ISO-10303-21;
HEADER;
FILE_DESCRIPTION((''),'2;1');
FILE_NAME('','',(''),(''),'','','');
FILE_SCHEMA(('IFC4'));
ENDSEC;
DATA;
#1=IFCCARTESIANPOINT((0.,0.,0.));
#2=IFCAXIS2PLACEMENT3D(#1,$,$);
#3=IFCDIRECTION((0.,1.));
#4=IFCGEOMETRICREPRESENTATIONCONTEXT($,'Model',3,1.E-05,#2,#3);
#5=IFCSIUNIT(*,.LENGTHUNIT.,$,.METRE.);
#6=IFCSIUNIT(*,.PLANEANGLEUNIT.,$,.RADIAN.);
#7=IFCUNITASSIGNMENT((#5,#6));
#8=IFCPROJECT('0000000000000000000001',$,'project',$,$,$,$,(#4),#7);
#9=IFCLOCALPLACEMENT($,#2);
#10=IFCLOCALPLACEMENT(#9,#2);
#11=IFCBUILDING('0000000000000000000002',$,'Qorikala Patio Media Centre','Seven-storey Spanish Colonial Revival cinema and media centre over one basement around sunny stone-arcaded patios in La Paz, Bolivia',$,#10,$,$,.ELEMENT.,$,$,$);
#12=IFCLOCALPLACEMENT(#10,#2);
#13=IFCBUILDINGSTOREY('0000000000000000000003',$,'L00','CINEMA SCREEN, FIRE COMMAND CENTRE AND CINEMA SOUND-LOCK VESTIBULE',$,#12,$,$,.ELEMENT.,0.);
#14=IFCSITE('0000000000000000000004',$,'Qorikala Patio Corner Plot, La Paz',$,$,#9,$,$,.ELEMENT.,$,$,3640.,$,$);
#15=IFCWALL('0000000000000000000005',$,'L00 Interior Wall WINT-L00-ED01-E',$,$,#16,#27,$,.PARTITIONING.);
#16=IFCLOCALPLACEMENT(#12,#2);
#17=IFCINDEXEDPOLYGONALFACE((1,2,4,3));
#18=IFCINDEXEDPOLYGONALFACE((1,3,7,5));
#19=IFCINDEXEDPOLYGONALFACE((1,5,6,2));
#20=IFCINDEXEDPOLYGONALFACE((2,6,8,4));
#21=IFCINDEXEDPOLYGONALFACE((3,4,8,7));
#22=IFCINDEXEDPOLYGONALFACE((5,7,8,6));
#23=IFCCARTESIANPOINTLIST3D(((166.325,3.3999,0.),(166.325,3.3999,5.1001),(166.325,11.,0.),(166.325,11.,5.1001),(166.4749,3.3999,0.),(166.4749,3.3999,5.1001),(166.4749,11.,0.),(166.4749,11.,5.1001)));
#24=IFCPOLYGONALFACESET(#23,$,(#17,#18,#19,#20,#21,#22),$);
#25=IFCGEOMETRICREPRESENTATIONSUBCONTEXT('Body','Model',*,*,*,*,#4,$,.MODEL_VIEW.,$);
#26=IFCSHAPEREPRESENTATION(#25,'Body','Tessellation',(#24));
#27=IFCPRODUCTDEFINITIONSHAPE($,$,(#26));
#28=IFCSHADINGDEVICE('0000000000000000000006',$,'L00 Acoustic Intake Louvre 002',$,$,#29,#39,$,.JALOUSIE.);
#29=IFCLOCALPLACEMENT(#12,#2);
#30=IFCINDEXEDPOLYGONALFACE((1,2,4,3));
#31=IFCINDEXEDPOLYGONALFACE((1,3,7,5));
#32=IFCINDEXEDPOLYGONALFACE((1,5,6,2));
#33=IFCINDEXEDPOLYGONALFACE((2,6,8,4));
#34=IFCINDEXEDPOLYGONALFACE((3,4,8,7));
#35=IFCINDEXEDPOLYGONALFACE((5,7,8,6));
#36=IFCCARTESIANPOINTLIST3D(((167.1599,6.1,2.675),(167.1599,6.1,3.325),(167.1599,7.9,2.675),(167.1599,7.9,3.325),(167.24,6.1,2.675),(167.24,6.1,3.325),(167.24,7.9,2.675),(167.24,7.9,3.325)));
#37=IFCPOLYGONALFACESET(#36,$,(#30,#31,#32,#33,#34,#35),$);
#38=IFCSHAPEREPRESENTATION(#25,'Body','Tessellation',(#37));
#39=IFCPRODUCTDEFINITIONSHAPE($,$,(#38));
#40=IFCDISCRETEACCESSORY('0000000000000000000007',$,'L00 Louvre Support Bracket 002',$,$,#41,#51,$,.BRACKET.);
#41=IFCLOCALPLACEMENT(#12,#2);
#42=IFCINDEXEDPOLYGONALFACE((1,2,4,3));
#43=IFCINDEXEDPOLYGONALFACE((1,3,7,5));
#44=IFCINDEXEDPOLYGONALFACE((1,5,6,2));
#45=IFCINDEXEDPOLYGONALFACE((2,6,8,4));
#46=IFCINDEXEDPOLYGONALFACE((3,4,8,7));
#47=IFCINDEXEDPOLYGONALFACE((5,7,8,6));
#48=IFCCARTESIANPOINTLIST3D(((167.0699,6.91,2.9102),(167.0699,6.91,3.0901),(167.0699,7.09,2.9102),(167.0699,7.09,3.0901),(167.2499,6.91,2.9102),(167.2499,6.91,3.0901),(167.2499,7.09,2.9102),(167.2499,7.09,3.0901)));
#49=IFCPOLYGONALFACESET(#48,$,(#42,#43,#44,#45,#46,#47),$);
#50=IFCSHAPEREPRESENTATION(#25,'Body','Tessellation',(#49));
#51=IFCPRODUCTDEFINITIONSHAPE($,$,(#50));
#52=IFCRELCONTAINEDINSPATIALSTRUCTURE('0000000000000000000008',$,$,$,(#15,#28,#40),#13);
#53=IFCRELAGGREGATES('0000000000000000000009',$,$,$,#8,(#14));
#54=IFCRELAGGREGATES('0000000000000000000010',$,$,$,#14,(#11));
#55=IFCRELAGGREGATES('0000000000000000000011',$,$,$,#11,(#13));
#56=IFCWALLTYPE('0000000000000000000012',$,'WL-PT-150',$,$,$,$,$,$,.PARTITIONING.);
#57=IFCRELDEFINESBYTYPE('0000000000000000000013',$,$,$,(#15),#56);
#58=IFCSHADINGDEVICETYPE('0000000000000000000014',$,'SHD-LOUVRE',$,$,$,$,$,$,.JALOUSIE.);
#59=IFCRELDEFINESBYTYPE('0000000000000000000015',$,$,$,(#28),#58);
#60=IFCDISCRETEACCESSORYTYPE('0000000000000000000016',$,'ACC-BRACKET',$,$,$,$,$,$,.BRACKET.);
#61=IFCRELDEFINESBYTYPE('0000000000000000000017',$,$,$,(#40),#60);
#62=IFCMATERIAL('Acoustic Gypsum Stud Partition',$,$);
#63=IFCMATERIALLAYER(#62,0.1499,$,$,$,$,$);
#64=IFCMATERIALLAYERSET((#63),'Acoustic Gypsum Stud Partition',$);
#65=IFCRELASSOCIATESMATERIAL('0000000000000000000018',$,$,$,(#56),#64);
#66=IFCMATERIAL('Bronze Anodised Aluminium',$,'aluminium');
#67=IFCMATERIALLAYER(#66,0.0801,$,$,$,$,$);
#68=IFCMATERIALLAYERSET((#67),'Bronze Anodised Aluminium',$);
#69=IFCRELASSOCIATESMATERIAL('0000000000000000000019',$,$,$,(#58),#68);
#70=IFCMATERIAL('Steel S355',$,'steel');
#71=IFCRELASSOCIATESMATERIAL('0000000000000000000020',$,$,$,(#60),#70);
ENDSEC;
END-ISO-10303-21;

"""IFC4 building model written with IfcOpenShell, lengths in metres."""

from ifc_helpers import new_model, si_unit, direction, frame, frame_2d, origin, origin_2d, place, context, subcontext, project, spatial, rectangle, extrude, material, layer, layer_set, type_object, element, save


model = new_model("IFC4")

# Units and contexts
model_context = context("Model", 3, precision=1e-05, world=origin(), true_north=direction((0.0, 1.0)))
body_context = subcontext(model_context, "Body", "Model", "MODEL_VIEW")
ifc_project = project(units=[si_unit("LENGTHUNIT", "METRE"), si_unit("PLANEANGLEUNIT", "RADIAN")], contexts=[model_context])

# Site, building, storey
site_placement = place(None, origin())
site = spatial("IfcSite", under=ifc_project, at=site_placement, Name="Qorikala Patio Corner Plot, La Paz", CompositionType="ELEMENT", RefElevation=3640.0)
building_placement = place(site_placement, origin())
building = spatial("IfcBuilding", under=site, at=building_placement, Name="Qorikala Patio Media Centre", Description="Seven-storey Spanish Colonial Revival cinema and media centre over one basement around sunny stone-arcaded patios in La Paz, Bolivia", CompositionType="ELEMENT")
storey_placement = place(building_placement, origin())
storey = spatial("IfcBuildingStorey", under=building, at=storey_placement, Name="L00", Description="CINEMA SCREEN, FIRE COMMAND CENTRE AND CINEMA SOUND-LOCK VESTIBULE", CompositionType="ELEMENT", Elevation=0.0)

# Wall
ifc_material_1 = material(Name="Acoustic Gypsum Stud Partition")
ifc_layer_1 = layer(ifc_material_1, 0.1499)
ifc_layer_set_1 = layer_set([ifc_layer_1], Name="Acoustic Gypsum Stud Partition")
wall_type_1 = type_object("IfcWallType", Name="WL-PT-150", PredefinedType="PARTITIONING", material=ifc_layer_set_1)
wall_1_placement = place(storey_placement, frame((166.3999, 3.3999, 0.0), z_axis=(0.0, 0.0, 1.0), x_axis=(0.0, 1.0, 0.0)))
element("IfcWall", 1, at=wall_1_placement, inside=storey, type_object=wall_type_1, Name="L00 Interior Wall WINT-L00-ED01-E", PredefinedType="PARTITIONING", context=body_context, shape_type="SweptSolid", body=[
    extrude(rectangle(XDim=7.6001, YDim=0.1499, at=frame_2d((3.8, 0.0))), origin(), (0.0, 0.0, 1.0), 5.1001),
])

# Shading device
ifc_material_2 = material(Name="Bronze Anodised Aluminium", Category="aluminium")
ifc_layer_2 = layer(ifc_material_2, 0.0801)
ifc_layer_set_2 = layer_set([ifc_layer_2], Name="Bronze Anodised Aluminium")
shading_device_type = type_object("IfcShadingDeviceType", Name="SHD-LOUVRE", PredefinedType="JALOUSIE", material=ifc_layer_set_2)
shading_device_placement = place(storey_placement, frame((167.2, 7.0, 2.675), z_axis=(0.0, 0.0, 1.0), x_axis=(0.0, -1.0, 0.0)))
element("IfcShadingDevice", 2, at=shading_device_placement, inside=storey, type_object=shading_device_type, Name="L00 Acoustic Intake Louvre 002", PredefinedType="JALOUSIE", context=body_context, shape_type="SweptSolid", body=[
    extrude(rectangle(XDim=1.8, YDim=0.0801, at=origin_2d()), origin(), (0.0, 0.0, 1.0), 0.6499),
])

# Discrete accessory
ifc_material_3 = material(Name="Steel S355", Category="steel")
discrete_accessory_type = type_object("IfcDiscreteAccessoryType", Name="ACC-BRACKET", PredefinedType="BRACKET", material=ifc_material_3)
discrete_accessory_placement = place(storey_placement, frame((167.1599, 7.0, 2.9102), z_axis=(0.0, 0.0, 1.0), x_axis=(0.0, -1.0, 0.0)))
element("IfcDiscreteAccessory", 3, at=discrete_accessory_placement, inside=storey, type_object=discrete_accessory_type, Name="L00 Louvre Support Bracket 002", PredefinedType="BRACKET", context=body_context, shape_type="SweptSolid", body=[
    extrude(rectangle(XDim=0.1799, YDim=0.1799, at=origin_2d()), origin(), (0.0, 0.0, 1.0), 0.1799),
])

save(model, "model.ifc")
